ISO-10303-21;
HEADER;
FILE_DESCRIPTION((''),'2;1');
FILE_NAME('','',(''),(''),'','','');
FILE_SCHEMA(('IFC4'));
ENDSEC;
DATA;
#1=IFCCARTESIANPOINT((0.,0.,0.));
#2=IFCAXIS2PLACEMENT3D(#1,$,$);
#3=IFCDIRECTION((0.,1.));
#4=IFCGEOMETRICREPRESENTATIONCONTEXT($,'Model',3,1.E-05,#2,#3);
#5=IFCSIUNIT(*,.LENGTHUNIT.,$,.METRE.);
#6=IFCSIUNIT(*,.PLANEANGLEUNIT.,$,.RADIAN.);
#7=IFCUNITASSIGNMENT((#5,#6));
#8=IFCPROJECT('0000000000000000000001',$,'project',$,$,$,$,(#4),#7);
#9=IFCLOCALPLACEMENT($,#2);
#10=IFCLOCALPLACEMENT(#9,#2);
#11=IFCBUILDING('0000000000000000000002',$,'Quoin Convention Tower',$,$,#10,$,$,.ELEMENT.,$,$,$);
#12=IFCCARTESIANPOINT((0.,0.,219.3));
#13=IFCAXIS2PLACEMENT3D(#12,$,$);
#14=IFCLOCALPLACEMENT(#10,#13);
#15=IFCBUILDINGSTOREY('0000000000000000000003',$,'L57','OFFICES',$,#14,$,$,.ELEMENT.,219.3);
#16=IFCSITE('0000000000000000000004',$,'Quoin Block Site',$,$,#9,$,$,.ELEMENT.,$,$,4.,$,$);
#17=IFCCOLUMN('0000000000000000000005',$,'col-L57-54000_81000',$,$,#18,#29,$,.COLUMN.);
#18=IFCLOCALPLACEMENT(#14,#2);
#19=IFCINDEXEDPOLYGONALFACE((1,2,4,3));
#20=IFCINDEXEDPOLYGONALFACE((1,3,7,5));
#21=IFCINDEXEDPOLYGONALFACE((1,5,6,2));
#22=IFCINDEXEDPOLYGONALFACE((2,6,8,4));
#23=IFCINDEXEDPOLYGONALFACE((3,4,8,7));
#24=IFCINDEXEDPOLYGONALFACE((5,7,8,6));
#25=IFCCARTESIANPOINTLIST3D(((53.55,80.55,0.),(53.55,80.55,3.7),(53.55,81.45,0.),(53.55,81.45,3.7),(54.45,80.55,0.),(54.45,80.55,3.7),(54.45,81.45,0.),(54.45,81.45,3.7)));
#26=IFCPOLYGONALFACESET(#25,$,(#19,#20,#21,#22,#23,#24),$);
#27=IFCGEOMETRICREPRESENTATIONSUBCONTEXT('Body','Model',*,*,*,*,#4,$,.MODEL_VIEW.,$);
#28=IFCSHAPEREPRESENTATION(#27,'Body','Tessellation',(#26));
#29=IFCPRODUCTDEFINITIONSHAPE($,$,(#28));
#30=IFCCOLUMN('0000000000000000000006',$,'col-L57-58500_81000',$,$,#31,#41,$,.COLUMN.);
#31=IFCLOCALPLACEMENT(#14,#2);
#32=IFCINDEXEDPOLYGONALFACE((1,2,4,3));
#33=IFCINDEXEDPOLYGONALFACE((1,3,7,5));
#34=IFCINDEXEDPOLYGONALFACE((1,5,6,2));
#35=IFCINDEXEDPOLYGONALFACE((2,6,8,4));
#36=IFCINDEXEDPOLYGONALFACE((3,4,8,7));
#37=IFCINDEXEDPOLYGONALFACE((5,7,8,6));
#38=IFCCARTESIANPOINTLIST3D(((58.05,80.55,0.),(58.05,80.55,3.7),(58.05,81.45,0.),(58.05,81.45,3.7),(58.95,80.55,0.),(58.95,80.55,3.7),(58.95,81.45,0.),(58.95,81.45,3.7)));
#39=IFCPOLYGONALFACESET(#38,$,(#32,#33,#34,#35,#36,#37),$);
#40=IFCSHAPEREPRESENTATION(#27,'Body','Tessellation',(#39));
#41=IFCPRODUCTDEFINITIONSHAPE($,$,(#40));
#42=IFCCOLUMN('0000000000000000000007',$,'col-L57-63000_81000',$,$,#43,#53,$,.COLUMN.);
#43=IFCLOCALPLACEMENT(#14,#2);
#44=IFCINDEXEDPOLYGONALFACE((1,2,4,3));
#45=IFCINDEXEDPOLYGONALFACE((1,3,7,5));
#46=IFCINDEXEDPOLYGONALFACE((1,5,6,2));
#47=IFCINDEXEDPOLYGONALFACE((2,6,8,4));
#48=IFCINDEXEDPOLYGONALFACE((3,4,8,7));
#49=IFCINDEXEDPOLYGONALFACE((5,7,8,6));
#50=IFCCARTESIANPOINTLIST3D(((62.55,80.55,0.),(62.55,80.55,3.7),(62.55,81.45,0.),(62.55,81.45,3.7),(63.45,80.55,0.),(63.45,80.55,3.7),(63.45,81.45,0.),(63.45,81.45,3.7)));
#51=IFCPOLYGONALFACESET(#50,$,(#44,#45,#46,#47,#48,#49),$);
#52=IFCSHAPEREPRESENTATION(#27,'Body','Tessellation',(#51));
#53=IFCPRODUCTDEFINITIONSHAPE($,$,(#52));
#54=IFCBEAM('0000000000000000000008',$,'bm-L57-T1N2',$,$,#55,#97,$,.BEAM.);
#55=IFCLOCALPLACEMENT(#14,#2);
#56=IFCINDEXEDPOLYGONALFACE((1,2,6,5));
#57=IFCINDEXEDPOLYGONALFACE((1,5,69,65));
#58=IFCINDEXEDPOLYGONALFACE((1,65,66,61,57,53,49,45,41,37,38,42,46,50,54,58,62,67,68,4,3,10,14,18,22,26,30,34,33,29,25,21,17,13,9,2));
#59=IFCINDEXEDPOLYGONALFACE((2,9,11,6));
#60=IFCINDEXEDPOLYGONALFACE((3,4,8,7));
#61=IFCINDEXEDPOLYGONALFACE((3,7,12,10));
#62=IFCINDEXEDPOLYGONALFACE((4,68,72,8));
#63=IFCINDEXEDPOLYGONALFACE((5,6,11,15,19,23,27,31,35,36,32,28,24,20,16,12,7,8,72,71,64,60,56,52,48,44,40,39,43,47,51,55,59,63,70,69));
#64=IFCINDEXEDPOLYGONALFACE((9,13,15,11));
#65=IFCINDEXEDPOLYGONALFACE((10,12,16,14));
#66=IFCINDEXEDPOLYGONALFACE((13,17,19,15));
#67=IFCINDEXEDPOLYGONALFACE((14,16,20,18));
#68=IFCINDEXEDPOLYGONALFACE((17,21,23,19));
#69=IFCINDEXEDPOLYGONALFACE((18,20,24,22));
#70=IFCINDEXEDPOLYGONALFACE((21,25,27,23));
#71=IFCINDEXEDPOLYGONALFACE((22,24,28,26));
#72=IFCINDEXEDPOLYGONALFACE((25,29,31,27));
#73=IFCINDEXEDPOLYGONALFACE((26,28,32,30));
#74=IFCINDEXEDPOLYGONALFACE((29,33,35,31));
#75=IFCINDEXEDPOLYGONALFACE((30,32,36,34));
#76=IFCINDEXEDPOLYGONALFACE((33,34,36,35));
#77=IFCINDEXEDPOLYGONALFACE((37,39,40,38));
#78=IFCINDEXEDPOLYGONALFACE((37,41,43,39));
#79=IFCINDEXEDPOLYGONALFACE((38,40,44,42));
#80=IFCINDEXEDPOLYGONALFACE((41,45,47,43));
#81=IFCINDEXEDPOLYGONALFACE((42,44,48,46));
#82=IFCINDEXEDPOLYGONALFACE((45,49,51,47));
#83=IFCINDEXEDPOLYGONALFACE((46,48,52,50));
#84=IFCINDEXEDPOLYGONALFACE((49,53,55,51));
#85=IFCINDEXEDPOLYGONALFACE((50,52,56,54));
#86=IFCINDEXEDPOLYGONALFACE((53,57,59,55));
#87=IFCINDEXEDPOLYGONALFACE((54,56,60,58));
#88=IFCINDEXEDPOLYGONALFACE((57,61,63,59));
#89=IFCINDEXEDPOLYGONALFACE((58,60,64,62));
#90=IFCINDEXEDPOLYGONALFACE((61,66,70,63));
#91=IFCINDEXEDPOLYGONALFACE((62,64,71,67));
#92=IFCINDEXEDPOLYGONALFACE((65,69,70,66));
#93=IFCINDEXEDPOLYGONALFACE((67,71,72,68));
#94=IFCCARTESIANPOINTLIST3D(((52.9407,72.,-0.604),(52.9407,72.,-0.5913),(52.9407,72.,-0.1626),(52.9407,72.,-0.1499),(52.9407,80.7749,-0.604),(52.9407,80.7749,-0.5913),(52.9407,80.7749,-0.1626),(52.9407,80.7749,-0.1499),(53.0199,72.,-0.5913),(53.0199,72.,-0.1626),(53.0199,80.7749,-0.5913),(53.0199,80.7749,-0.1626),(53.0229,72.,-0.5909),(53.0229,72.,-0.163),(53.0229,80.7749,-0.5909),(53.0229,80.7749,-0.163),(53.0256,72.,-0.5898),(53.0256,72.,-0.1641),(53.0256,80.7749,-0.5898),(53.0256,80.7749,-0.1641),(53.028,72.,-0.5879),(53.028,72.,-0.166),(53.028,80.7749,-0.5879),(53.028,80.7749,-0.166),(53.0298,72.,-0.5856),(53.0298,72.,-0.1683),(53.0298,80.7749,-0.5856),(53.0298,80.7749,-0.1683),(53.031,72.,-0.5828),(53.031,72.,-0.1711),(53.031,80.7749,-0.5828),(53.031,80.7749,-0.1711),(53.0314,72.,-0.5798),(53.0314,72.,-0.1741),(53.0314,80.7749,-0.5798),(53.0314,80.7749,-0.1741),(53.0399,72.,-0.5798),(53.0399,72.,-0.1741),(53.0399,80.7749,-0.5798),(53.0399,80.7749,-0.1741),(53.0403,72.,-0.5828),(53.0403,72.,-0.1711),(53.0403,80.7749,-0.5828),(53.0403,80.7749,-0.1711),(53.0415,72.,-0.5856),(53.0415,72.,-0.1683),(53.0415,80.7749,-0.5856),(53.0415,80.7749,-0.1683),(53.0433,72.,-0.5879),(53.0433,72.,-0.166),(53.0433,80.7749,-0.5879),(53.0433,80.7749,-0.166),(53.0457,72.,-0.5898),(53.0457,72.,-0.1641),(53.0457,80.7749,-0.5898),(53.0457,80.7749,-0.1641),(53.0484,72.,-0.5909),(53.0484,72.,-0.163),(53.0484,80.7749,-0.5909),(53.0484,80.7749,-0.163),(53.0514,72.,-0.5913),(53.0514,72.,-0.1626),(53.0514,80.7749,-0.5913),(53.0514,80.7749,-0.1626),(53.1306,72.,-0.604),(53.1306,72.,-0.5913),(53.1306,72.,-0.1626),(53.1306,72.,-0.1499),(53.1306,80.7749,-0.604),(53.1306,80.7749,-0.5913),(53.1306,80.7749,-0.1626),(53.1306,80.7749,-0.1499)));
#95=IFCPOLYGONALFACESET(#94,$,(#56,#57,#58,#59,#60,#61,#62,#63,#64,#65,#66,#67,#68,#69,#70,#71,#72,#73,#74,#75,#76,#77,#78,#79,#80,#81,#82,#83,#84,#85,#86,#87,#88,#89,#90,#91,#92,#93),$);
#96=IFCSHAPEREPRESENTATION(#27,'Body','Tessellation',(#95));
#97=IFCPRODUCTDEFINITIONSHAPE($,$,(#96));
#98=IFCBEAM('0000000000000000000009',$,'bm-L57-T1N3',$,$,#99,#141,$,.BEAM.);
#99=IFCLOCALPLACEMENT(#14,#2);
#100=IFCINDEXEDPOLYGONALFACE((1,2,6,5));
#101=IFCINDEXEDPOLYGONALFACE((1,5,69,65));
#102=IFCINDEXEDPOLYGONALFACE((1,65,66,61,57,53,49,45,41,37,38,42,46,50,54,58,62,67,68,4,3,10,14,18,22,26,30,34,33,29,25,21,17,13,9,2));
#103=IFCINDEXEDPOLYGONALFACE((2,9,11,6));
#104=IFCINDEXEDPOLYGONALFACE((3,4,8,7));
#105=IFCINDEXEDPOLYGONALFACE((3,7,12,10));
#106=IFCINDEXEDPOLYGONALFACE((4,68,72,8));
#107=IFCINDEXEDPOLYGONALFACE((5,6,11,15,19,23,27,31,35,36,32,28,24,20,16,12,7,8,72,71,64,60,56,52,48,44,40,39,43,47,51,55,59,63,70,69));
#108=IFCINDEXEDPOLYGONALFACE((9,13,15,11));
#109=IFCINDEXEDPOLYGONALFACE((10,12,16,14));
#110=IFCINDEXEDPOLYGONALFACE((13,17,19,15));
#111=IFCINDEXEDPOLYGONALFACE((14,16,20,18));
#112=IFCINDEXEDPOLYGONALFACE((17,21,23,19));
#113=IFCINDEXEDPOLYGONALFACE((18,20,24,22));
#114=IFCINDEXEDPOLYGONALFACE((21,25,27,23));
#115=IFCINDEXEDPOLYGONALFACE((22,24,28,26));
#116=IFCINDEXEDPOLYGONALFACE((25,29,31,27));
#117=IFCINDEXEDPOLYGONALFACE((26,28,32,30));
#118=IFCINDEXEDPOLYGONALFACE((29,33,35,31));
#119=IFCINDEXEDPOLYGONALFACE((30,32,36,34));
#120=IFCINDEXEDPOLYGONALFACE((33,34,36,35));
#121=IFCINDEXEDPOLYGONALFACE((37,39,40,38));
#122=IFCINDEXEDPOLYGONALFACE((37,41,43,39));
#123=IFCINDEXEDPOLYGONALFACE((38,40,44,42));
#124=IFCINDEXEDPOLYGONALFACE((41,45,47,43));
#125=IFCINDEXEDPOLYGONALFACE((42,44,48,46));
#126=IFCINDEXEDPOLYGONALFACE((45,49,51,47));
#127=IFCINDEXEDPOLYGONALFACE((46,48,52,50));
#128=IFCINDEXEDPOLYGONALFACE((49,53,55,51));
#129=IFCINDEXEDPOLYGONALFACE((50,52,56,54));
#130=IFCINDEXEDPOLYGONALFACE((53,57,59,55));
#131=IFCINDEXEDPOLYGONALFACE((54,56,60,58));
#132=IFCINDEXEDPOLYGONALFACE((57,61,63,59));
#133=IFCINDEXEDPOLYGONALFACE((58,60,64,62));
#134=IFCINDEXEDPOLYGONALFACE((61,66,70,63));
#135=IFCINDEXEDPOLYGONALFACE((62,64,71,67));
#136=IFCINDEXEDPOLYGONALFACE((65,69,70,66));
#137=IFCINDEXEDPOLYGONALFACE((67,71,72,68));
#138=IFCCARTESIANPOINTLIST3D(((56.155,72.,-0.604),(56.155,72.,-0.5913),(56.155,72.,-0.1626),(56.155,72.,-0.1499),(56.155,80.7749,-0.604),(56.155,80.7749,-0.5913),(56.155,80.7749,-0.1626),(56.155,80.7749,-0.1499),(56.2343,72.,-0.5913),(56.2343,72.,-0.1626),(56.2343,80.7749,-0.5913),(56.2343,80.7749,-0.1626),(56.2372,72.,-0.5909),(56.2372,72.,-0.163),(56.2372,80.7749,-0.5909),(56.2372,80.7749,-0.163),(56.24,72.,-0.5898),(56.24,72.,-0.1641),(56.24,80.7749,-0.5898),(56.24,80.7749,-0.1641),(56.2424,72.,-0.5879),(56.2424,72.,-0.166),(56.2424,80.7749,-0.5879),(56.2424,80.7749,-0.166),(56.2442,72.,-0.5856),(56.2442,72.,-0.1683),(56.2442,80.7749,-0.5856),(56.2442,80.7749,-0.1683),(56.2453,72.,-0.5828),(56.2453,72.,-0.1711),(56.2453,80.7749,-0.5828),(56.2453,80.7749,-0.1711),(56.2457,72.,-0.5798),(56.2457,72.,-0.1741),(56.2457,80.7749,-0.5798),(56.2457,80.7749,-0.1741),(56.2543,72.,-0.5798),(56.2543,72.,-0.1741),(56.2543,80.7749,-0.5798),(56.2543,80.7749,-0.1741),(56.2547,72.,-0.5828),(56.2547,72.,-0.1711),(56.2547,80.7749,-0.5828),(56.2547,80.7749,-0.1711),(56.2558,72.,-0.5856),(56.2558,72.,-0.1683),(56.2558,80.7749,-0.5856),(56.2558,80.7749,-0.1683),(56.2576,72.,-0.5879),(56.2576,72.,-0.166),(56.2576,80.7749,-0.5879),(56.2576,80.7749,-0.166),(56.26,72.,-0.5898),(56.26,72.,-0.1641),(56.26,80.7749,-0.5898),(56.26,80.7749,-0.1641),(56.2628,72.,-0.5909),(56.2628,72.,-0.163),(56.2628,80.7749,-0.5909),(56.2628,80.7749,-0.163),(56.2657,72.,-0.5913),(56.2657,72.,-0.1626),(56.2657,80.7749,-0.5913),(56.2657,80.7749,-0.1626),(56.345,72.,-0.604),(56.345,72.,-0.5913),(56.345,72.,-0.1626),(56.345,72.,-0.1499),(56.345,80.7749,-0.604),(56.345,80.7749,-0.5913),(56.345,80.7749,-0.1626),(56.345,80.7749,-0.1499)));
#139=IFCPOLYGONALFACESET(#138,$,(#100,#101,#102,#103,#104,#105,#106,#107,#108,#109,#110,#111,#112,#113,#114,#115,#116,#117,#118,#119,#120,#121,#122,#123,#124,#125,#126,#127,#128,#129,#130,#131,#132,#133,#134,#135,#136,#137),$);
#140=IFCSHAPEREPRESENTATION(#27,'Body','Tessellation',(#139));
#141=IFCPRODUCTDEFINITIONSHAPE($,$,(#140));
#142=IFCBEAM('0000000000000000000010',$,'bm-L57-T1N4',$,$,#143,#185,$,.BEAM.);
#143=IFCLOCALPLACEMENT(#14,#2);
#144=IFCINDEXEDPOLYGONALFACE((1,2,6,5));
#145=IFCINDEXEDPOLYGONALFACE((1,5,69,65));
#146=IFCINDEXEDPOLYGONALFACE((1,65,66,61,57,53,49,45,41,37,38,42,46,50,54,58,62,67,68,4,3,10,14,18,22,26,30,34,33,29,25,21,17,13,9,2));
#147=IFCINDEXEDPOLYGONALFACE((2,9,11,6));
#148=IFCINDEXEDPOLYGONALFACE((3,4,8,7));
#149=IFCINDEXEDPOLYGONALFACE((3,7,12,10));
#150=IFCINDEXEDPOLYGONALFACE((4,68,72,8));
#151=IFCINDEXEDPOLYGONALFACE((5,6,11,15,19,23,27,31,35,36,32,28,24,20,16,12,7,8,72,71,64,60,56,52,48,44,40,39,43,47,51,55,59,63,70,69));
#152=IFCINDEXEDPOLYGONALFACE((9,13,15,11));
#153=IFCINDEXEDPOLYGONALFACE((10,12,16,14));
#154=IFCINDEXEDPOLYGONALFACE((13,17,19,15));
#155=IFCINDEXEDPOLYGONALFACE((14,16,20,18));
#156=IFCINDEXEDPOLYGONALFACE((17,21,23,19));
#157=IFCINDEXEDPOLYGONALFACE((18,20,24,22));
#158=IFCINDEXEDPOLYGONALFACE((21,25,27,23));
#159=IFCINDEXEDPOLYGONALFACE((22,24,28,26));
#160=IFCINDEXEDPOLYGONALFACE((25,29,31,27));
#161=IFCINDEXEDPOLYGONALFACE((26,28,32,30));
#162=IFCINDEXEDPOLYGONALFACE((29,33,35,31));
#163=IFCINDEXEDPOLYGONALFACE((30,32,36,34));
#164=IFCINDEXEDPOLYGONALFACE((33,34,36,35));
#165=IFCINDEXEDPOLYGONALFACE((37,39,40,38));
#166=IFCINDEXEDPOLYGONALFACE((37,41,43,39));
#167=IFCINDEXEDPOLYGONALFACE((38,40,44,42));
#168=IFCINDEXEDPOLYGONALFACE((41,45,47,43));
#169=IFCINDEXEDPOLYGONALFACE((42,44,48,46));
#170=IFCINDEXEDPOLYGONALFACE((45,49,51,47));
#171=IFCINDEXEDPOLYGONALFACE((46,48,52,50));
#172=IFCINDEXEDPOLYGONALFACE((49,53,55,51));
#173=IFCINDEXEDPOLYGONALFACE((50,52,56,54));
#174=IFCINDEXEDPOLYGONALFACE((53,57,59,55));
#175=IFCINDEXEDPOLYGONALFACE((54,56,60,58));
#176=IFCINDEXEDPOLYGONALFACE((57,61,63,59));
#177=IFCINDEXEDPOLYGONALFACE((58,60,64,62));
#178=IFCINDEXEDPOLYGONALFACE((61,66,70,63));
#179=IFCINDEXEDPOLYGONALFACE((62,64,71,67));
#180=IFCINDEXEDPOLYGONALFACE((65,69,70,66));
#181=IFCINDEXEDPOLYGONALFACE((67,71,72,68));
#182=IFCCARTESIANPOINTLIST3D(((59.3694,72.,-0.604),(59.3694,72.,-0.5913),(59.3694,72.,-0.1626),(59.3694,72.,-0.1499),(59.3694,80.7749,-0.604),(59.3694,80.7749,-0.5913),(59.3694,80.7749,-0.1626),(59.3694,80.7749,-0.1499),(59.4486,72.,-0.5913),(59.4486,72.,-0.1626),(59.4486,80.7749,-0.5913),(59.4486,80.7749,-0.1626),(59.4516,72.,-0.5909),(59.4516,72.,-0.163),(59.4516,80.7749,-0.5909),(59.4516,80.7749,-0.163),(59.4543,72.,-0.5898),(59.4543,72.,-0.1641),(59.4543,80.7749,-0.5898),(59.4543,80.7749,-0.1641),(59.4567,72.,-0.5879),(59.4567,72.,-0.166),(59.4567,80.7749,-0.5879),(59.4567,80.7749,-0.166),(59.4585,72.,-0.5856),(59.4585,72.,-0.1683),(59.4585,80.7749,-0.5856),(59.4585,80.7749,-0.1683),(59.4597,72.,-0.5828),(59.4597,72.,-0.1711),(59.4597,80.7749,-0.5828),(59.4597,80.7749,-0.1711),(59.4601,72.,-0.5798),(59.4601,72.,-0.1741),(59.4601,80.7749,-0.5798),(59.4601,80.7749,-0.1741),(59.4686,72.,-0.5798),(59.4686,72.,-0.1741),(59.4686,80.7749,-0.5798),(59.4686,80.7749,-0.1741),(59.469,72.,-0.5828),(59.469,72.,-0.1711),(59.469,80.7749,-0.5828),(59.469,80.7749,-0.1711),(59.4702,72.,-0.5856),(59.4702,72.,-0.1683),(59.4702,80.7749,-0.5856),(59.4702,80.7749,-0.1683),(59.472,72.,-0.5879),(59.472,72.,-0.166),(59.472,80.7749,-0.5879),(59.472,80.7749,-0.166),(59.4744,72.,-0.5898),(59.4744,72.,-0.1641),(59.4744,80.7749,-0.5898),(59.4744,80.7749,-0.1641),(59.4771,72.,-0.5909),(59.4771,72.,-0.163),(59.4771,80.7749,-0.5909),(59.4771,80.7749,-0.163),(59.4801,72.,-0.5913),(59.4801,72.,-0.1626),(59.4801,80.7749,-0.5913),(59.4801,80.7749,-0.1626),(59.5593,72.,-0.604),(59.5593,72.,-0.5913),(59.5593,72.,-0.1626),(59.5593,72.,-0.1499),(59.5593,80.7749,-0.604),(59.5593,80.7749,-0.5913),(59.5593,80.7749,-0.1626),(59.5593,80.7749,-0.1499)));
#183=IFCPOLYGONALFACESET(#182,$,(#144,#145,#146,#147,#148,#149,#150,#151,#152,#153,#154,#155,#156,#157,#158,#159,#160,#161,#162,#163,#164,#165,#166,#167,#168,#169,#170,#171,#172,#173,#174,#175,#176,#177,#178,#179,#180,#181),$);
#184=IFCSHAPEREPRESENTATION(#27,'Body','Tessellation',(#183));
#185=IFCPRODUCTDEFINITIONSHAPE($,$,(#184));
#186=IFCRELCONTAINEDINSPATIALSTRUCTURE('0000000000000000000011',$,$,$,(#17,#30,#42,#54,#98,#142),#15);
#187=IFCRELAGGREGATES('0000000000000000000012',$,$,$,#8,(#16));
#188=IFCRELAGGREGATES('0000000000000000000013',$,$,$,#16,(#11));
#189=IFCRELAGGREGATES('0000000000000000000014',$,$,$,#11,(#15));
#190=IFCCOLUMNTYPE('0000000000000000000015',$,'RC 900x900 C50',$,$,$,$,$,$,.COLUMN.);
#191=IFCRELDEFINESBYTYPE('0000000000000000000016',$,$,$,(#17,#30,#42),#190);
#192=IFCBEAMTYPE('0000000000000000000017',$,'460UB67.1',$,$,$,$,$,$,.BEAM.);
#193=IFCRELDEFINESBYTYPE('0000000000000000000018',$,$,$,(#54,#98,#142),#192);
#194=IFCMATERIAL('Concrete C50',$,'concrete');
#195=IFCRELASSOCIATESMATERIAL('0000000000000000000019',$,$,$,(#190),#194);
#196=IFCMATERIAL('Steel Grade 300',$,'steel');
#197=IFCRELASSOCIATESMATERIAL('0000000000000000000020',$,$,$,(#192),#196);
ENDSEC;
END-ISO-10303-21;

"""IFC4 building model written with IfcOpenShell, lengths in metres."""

from ifc_helpers import new_model, si_unit, direction, frame, origin, origin_2d, place, context, subcontext, project, spatial, rectangle, i_section, extrude, material, material_profile, profile_set, type_object, element, save


model = new_model("IFC4")

# Units and contexts
model_context = context("Model", 3, precision=1e-05, world=origin(), true_north=direction((0.0, 1.0)))
body_context = subcontext(model_context, "Body", "Model", "MODEL_VIEW")
ifc_project = project(units=[si_unit("LENGTHUNIT", "METRE"), si_unit("PLANEANGLEUNIT", "RADIAN")], contexts=[model_context])

# Site, building, storey
site_placement = place(None, origin())
site = spatial("IfcSite", under=ifc_project, at=site_placement, Name="Quoin Block Site", CompositionType="ELEMENT", RefElevation=4.0)
building_placement = place(site_placement, origin())
building = spatial("IfcBuilding", under=site, at=building_placement, Name="Quoin Convention Tower", CompositionType="ELEMENT")
storey_placement = place(building_placement, frame((0.0, 0.0, 219.3)))
storey = spatial("IfcBuildingStorey", under=building, at=storey_placement, Name="L57", Description="OFFICES", CompositionType="ELEMENT", Elevation=219.3)

# Columns
ifc_material_1 = material(Name="Concrete C50", Category="concrete")
ifc_material_profile_1 = material_profile(ifc_material_1, rectangle(XDim=0.8999, YDim=0.8999, at=origin_2d()), Name="RC 900x900")
ifc_profile_set_1 = profile_set([ifc_material_profile_1], Name="Concrete C50")
column_type = type_object("IfcColumnType", Name="RC 900x900 C50", PredefinedType="COLUMN", material=ifc_profile_set_1)
for number, where, z_axis, x_axis, name in (
    (1, (54.0, 81.0, 0.0), (0.0, 0.0, 1.0), (1.0, 0.0, 0.0), "col-L57-54000_81000"),
    (2, (58.5, 81.0, 0.0), (0.0, 0.0, 1.0), (1.0, 0.0, 0.0), "col-L57-58500_81000"),
    (3, (63.0, 81.0, 0.0), (0.0, 0.0, 1.0), (1.0, 0.0, 0.0), "col-L57-63000_81000"),
):
    element("IfcColumn", number, at=place(storey_placement, frame(where, z_axis=z_axis, x_axis=x_axis)), inside=storey, type_object=column_type, Name=name, PredefinedType="COLUMN", context=body_context, shape_type="SweptSolid", body=[
        extrude(rectangle(XDim=0.8999, YDim=0.8999, at=origin_2d()), origin(), (0.0, 0.0, 1.0), 3.7),
    ])

# Beams
ifc_material_2 = material(Name="Steel Grade 300", Category="steel")
ifc_material_profile_2 = material_profile(ifc_material_2, i_section(OverallWidth=0.1899, OverallDepth=0.4541, WebThickness=0.0085, FlangeThickness=0.0127, FilletRadius=0.0115, at=origin_2d()), Name="460UB67.1")
ifc_profile_set_2 = profile_set([ifc_material_profile_2], Name="Steel Grade 300")
beam_type_1 = type_object("IfcBeamType", Name="460UB67.1", PredefinedType="BEAM", material=ifc_profile_set_2)
for number, where, z_axis, x_axis, name in (
    (4, (53.0356, 72.0, -0.377), (0.0, 1.0, 0.0), (-1.0, 0.0, 0.0), "bm-L57-T1N2"),
    (5, (56.25, 72.0, -0.377), (0.0, 1.0, 0.0), (-1.0, 0.0, 0.0), "bm-L57-T1N3"),
    (6, (59.4644, 72.0, -0.377), (0.0, 1.0, 0.0), (-1.0, 0.0, 0.0), "bm-L57-T1N4"),
):
    element("IfcBeam", number, at=place(storey_placement, frame(where, z_axis=z_axis, x_axis=x_axis)), inside=storey, type_object=beam_type_1, Name=name, PredefinedType="BEAM", context=body_context, shape_type="SweptSolid", body=[
        extrude(i_section(OverallWidth=0.1899, OverallDepth=0.4541, WebThickness=0.0085, FlangeThickness=0.0127, FilletRadius=0.0115, at=origin_2d()), origin(), (0.0, 0.0, 1.0), 8.7749),
    ])

save(model, "model.ifc")
